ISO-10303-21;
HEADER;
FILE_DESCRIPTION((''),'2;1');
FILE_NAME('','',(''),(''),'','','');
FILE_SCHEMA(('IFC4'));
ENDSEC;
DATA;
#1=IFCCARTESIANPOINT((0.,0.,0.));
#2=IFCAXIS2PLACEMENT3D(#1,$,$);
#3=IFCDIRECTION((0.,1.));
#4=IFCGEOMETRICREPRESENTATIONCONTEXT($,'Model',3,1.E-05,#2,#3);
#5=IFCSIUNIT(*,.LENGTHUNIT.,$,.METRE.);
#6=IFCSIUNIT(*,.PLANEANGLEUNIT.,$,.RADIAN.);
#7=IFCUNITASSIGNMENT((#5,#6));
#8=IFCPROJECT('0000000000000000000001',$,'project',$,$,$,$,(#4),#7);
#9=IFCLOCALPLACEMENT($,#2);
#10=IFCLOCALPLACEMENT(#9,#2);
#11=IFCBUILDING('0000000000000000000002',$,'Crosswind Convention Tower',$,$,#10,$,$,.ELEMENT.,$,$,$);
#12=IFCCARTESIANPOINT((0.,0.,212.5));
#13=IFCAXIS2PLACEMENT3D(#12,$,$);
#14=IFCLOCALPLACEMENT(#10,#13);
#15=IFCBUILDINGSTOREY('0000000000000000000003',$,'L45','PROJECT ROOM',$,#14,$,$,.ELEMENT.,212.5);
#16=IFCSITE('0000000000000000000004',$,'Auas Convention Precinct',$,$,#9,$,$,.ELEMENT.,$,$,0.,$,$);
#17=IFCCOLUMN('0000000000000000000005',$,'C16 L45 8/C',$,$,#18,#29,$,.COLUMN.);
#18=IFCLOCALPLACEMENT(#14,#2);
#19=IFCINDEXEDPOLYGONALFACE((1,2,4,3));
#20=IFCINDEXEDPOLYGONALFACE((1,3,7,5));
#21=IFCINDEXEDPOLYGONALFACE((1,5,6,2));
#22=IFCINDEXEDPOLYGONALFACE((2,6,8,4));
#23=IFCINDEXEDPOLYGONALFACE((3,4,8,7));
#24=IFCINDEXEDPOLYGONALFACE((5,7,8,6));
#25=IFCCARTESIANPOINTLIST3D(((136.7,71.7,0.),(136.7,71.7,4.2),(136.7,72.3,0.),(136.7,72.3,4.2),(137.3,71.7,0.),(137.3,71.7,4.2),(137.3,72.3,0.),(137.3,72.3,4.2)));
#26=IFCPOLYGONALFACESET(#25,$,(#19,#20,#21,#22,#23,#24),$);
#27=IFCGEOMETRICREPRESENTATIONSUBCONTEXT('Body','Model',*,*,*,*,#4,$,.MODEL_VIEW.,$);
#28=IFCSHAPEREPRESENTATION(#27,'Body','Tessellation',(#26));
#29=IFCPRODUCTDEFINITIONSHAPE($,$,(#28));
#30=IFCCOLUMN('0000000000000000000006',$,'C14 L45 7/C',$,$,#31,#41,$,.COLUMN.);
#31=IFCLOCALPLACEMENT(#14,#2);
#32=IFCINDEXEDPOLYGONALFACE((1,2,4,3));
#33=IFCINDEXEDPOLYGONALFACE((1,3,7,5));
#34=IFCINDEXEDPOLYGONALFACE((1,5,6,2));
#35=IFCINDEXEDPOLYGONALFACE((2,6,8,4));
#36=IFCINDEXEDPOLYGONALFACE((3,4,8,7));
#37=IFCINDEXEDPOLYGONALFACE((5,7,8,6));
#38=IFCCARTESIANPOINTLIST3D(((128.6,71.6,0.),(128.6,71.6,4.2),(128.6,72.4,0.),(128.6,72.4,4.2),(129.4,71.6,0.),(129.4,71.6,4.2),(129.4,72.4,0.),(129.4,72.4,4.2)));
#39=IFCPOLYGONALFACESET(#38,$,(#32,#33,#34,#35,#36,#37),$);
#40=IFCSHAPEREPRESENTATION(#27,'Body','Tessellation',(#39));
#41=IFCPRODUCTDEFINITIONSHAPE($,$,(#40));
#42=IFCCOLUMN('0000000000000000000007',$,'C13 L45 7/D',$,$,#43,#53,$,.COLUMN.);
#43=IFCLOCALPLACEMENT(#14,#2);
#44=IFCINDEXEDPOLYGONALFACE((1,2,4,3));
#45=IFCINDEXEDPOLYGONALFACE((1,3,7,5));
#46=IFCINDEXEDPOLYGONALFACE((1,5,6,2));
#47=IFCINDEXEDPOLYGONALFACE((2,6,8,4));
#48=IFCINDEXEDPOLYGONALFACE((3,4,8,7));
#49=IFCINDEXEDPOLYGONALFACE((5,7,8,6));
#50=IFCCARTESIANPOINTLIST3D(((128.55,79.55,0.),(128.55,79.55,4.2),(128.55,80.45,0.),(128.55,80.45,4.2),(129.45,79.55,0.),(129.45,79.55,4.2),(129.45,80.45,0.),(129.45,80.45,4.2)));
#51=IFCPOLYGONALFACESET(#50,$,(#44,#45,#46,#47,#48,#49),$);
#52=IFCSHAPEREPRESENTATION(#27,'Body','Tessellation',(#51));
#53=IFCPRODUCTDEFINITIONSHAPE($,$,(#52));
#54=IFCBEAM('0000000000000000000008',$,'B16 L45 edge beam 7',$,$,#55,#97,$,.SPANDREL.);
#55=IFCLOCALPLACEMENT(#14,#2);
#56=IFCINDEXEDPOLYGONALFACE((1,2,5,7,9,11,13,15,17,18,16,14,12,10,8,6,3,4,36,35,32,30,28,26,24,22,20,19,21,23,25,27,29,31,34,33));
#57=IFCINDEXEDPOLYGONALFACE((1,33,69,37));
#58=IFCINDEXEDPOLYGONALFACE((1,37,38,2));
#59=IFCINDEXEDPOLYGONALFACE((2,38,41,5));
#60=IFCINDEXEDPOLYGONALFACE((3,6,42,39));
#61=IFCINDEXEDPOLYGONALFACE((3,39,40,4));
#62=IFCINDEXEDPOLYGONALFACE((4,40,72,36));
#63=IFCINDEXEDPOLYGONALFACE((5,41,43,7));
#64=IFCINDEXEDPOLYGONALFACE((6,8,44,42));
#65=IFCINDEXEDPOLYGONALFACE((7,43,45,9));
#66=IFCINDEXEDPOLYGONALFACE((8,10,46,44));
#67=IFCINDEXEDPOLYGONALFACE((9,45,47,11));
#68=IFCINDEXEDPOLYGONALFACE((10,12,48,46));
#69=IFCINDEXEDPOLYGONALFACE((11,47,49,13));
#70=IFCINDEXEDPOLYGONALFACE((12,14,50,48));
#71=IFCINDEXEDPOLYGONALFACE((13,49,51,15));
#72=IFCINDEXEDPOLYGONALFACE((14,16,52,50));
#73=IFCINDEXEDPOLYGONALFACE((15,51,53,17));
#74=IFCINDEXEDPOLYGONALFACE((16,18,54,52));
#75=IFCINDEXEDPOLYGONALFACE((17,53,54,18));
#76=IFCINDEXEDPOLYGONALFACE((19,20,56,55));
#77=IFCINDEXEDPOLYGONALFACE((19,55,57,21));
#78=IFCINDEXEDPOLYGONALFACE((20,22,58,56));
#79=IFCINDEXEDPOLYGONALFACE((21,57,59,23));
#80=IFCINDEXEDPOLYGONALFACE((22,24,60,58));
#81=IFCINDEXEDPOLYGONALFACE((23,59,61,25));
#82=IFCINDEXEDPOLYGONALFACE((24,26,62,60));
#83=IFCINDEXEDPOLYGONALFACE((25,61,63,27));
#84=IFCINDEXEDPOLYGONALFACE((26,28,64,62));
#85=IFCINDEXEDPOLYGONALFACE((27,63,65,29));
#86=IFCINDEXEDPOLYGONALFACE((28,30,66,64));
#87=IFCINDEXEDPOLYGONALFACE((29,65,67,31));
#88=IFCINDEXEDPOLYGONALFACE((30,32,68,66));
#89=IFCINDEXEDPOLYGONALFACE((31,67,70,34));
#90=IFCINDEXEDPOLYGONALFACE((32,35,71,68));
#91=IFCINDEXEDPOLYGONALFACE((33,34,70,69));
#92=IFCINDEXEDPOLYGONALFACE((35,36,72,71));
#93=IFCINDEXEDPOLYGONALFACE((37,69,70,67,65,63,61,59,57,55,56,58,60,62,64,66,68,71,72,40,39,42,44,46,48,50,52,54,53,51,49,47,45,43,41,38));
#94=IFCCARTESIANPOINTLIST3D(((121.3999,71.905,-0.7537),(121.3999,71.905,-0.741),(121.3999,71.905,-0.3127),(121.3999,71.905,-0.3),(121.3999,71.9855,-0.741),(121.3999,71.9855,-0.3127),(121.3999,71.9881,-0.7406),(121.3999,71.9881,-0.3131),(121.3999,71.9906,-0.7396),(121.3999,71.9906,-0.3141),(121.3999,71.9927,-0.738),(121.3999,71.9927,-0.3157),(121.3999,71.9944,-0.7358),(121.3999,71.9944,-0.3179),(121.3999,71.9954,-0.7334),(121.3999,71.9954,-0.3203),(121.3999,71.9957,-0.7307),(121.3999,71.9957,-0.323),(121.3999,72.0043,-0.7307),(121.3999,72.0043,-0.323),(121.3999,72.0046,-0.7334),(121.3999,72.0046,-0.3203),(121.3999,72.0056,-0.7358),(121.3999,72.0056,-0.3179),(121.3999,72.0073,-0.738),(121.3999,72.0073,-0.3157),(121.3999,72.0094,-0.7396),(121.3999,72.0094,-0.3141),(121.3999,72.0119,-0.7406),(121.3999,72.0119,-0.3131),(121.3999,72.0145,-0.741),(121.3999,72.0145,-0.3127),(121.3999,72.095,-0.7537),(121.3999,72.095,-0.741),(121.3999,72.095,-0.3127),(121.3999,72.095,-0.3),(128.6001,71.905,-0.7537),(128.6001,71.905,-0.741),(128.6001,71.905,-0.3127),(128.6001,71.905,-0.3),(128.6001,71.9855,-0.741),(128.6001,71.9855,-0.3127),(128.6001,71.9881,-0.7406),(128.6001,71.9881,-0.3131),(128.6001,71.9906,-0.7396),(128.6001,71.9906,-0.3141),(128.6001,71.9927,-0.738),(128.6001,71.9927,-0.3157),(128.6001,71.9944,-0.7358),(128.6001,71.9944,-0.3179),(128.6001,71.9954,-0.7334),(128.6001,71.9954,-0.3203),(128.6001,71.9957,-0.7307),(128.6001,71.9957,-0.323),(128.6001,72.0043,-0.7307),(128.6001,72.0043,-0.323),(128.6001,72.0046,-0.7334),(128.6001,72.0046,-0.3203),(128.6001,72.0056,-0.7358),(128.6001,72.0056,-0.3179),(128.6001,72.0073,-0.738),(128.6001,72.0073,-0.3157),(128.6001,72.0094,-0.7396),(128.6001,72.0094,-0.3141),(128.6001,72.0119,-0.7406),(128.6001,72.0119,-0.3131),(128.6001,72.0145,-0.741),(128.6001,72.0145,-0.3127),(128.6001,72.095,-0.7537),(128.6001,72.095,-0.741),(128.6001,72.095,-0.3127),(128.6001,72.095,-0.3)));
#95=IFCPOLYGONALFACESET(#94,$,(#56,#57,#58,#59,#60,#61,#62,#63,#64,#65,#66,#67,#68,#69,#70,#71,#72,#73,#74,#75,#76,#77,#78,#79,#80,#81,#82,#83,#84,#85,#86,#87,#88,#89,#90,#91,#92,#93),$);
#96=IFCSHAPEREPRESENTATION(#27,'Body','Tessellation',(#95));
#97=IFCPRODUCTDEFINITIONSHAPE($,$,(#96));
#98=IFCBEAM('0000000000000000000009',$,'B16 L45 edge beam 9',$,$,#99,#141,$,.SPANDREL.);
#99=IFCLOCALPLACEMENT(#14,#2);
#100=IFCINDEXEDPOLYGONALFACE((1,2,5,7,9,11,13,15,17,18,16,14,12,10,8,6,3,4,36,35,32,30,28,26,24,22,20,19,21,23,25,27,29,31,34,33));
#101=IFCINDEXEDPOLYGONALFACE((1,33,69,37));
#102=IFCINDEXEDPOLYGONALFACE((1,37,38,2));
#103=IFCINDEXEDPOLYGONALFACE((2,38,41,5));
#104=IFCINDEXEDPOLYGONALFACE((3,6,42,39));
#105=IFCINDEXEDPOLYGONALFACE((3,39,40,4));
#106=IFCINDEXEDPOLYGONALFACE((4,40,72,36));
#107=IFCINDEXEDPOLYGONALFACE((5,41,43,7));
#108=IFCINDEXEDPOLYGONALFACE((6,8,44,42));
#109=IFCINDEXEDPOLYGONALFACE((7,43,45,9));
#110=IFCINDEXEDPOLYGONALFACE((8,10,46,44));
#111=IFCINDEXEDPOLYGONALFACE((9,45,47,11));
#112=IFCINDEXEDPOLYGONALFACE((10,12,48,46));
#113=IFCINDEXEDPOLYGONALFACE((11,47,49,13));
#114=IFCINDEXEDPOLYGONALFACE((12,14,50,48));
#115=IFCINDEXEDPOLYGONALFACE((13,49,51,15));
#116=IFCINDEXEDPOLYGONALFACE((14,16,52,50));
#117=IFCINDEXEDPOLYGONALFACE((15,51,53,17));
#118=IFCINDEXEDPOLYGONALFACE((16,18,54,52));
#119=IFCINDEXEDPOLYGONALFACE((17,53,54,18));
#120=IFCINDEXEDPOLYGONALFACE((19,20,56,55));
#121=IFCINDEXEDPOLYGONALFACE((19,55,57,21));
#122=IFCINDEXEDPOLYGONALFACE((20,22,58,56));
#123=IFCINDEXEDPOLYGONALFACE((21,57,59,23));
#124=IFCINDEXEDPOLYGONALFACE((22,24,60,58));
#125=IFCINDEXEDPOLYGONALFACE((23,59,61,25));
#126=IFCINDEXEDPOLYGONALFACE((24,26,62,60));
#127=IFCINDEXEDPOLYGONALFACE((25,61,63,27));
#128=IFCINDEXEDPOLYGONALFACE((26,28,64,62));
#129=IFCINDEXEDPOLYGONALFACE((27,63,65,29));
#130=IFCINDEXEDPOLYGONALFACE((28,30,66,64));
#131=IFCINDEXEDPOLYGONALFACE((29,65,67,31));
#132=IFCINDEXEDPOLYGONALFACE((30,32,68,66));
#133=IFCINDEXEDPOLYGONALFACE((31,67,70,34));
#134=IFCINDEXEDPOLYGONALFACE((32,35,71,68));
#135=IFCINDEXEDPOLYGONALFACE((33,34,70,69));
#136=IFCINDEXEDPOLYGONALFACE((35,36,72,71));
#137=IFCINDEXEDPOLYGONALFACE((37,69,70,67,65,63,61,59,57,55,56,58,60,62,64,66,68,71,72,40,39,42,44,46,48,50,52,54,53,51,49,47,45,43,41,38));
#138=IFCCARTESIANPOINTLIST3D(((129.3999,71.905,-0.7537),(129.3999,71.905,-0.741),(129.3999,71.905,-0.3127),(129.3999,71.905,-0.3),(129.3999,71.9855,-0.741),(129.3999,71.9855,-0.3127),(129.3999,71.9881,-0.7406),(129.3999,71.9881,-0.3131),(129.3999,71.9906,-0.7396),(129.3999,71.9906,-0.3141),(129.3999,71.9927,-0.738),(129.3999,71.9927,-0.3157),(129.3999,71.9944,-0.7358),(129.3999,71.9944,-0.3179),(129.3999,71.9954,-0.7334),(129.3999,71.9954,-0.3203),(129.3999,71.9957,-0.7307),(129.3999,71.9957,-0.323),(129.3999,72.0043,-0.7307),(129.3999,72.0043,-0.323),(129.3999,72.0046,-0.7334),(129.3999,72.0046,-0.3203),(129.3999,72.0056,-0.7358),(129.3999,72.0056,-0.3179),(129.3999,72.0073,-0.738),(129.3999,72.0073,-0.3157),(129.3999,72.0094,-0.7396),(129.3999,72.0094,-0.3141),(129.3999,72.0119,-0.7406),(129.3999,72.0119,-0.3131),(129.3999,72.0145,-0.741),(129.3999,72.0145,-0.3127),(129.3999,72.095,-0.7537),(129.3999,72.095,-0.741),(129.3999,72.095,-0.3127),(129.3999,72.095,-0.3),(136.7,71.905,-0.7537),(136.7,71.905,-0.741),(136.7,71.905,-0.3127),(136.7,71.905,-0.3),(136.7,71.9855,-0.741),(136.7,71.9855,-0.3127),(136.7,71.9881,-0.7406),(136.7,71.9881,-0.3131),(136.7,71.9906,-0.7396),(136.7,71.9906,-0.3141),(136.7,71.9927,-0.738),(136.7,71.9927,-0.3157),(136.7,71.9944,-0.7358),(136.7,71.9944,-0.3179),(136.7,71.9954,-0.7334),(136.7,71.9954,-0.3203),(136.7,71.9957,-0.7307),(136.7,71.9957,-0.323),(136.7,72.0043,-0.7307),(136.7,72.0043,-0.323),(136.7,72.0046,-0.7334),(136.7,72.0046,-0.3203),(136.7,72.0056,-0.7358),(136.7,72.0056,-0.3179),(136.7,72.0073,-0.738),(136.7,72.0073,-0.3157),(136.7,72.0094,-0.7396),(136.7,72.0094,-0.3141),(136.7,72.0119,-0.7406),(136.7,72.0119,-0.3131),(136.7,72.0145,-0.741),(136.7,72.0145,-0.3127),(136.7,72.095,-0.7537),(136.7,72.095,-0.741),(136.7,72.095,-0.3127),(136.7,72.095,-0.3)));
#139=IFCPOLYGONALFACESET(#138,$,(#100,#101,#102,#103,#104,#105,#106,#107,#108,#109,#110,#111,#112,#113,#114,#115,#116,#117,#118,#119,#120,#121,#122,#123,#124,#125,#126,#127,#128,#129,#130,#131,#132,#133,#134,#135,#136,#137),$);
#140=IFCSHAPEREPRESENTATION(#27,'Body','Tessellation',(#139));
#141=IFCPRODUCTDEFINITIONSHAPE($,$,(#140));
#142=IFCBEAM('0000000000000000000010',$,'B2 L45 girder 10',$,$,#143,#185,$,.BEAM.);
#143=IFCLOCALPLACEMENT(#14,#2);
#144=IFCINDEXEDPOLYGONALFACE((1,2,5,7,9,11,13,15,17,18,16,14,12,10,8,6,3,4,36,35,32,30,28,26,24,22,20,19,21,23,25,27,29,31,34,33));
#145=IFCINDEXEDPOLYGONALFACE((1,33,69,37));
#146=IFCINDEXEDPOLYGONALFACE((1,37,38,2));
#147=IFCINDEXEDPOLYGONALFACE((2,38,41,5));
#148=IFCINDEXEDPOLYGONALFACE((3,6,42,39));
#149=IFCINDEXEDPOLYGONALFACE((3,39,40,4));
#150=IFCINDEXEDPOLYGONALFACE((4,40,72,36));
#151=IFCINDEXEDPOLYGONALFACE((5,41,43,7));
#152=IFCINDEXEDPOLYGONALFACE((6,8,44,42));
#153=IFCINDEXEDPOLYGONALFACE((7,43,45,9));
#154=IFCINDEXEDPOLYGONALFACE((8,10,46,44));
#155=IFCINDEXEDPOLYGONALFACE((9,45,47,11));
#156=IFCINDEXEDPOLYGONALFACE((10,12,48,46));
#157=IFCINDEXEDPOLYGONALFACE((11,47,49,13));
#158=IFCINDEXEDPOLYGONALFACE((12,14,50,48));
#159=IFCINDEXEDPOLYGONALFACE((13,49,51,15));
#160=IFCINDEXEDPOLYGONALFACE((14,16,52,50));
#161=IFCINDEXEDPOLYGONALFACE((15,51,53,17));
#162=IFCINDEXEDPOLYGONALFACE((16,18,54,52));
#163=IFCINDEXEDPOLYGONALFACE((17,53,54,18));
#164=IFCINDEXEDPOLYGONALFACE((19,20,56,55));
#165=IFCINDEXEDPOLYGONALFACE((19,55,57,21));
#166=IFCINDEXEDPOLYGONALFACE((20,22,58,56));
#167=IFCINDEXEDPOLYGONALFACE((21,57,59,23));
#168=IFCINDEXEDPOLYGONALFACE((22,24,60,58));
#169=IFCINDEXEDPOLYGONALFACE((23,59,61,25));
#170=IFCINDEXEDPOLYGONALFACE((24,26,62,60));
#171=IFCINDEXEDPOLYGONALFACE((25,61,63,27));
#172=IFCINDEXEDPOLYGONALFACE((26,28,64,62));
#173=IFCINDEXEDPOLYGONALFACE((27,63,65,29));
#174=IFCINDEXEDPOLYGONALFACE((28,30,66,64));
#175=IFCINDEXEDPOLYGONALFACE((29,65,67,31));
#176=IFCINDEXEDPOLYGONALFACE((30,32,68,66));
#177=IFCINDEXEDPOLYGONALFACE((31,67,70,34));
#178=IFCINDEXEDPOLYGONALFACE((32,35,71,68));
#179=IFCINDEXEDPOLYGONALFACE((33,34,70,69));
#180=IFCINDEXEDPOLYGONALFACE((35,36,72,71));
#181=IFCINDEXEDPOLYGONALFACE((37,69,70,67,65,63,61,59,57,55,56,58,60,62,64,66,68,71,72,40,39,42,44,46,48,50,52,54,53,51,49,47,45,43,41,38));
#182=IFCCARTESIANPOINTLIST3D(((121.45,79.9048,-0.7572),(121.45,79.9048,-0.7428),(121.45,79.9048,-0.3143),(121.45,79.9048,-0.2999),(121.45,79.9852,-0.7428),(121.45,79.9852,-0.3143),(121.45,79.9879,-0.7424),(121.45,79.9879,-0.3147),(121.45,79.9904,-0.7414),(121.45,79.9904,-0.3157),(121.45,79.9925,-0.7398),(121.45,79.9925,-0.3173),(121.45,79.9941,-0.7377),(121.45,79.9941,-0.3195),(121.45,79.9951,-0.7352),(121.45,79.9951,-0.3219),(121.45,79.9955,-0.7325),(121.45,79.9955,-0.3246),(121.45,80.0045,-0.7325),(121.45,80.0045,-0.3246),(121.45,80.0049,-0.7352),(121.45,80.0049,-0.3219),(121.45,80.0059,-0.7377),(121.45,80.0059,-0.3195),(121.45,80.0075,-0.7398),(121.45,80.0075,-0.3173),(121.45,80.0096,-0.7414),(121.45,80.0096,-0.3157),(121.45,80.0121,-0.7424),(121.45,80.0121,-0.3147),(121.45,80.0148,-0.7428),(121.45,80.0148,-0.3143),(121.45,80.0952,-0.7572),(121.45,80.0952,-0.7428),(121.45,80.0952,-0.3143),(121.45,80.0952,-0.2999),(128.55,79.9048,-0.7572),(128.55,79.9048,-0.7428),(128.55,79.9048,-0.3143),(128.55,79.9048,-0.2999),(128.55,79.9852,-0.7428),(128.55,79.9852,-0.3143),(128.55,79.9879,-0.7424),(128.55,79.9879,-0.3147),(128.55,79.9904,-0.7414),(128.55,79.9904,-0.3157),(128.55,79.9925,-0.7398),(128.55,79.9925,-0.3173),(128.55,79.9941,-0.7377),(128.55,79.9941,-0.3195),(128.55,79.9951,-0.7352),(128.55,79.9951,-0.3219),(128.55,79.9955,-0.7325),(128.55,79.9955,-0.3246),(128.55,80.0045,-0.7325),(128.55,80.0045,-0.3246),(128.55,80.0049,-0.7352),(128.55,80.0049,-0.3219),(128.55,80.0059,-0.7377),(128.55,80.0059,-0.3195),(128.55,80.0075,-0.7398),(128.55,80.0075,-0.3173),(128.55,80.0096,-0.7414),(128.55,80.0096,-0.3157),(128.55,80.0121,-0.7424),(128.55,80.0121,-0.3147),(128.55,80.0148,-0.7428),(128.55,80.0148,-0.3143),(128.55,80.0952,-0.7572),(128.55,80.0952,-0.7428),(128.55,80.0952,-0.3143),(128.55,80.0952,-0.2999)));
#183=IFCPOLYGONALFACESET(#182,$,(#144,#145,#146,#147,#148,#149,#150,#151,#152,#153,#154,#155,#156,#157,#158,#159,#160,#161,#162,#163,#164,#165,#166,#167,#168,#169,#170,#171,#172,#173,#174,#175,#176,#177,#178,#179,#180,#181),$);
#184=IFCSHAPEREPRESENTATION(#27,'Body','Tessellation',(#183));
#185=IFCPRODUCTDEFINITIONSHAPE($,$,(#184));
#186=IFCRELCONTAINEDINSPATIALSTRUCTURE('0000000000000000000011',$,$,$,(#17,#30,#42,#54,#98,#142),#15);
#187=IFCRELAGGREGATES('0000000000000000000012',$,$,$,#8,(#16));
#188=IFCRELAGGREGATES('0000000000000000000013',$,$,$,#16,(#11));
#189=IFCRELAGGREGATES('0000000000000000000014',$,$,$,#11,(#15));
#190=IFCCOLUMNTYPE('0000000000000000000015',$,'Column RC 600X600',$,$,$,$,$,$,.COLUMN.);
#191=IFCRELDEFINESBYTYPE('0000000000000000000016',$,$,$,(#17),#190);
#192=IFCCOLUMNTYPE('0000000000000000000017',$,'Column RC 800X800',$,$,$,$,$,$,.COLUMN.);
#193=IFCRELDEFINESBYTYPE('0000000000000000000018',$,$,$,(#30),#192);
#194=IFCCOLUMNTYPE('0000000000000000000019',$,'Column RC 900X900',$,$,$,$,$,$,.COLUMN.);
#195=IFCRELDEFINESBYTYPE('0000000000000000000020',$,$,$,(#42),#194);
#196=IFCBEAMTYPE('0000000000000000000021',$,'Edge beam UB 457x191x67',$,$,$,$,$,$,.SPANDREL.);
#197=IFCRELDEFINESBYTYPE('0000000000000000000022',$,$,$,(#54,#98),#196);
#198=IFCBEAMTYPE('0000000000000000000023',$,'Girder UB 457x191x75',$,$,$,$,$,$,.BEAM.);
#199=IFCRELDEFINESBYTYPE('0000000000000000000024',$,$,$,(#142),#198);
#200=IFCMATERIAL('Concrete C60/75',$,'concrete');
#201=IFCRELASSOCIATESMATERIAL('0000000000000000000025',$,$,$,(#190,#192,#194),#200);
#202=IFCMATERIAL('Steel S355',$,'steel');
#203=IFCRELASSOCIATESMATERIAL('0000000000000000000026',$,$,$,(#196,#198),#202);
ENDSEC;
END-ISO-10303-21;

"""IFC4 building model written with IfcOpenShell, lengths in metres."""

from ifc_helpers import new_model, si_unit, direction, frame, origin, origin_2d, place, context, subcontext, project, spatial, rectangle, i_section, extrude, material, material_profile, profile_set, type_object, element, save


model = new_model("IFC4")

# Units and contexts
model_context = context("Model", 3, precision=1e-05, world=origin(), true_north=direction((0.0, 1.0)))
body_context = subcontext(model_context, "Body", "Model", "MODEL_VIEW")
ifc_project = project(units=[si_unit("LENGTHUNIT", "METRE"), si_unit("PLANEANGLEUNIT", "RADIAN")], contexts=[model_context])

# Site, building, storey
site_placement = place(None, origin())
site = spatial("IfcSite", under=ifc_project, at=site_placement, Name="Auas Convention Precinct", CompositionType="ELEMENT", RefElevation=0.0)
building_placement = place(site_placement, origin())
building = spatial("IfcBuilding", under=site, at=building_placement, Name="Crosswind Convention Tower", CompositionType="ELEMENT")
storey_placement = place(building_placement, frame((0.0, 0.0, 212.5)))
storey = spatial("IfcBuildingStorey", under=building, at=storey_placement, Name="L45", Description="PROJECT ROOM", CompositionType="ELEMENT", Elevation=212.5)

# Columns
ifc_material_1 = material(Name="Concrete C60/75", Category="concrete")
ifc_material_profile_1 = material_profile(ifc_material_1, rectangle(XDim=0.6001, YDim=0.6001, at=origin_2d()), Name="RC 600X600")
ifc_profile_set_1 = profile_set([ifc_material_profile_1], Name="Concrete C60/75")
column_type_1 = type_object("IfcColumnType", Name="Column RC 600X600", PredefinedType="COLUMN", material=ifc_profile_set_1)
column_1_placement = place(storey_placement, frame((137.0, 72.0, 0.0), z_axis=(0.0, 0.0, 1.0), x_axis=(1.0, 0.0, 0.0)))
element("IfcColumn", 1, at=column_1_placement, inside=storey, type_object=column_type_1, Name="C16 L45 8/C", PredefinedType="COLUMN", context=body_context, shape_type="SweptSolid", body=[
    extrude(rectangle(XDim=0.6001, YDim=0.6001, at=origin_2d()), origin(), (0.0, 0.0, 1.0), 4.2),
])
ifc_material_profile_2 = material_profile(ifc_material_1, rectangle(XDim=0.8, YDim=0.8, at=origin_2d()), Name="RC 800X800")
ifc_profile_set_2 = profile_set([ifc_material_profile_2], Name="Concrete C60/75")
column_type_2 = type_object("IfcColumnType", Name="Column RC 800X800", PredefinedType="COLUMN", material=ifc_profile_set_2)
column_2_placement = place(storey_placement, frame((129.0, 72.0, 0.0), z_axis=(0.0, 0.0, 1.0), x_axis=(1.0, 0.0, 0.0)))
element("IfcColumn", 2, at=column_2_placement, inside=storey, type_object=column_type_2, Name="C14 L45 7/C", PredefinedType="COLUMN", context=body_context, shape_type="SweptSolid", body=[
    extrude(rectangle(XDim=0.8, YDim=0.8, at=origin_2d()), origin(), (0.0, 0.0, 1.0), 4.2),
])
ifc_material_profile_3 = material_profile(ifc_material_1, rectangle(XDim=0.8999, YDim=0.8999, at=origin_2d()), Name="RC 900X900")
ifc_profile_set_3 = profile_set([ifc_material_profile_3], Name="Concrete C60/75")
column_type_3 = type_object("IfcColumnType", Name="Column RC 900X900", PredefinedType="COLUMN", material=ifc_profile_set_3)
column_3_placement = place(storey_placement, frame((129.0, 80.0, 0.0), z_axis=(0.0, 0.0, 1.0), x_axis=(1.0, 0.0, 0.0)))
element("IfcColumn", 3, at=column_3_placement, inside=storey, type_object=column_type_3, Name="C13 L45 7/D", PredefinedType="COLUMN", context=body_context, shape_type="SweptSolid", body=[
    extrude(rectangle(XDim=0.8999, YDim=0.8999, at=origin_2d()), origin(), (0.0, 0.0, 1.0), 4.2),
])

# Beams
ifc_material_2 = material(Name="Steel S355", Category="steel")
ifc_material_profile_4 = material_profile(ifc_material_2, i_section(OverallWidth=0.1899, OverallDepth=0.4536, WebThickness=0.0085, FlangeThickness=0.0127, FilletRadius=0.0103, at=origin_2d()), Name="UB 457x191x67")
ifc_profile_set_4 = profile_set([ifc_material_profile_4], Name="Steel S355")
beam_type_1 = type_object("IfcBeamType", Name="Edge beam UB 457x191x67", PredefinedType="SPANDREL", material=ifc_profile_set_4)
beam_1_placement = place(storey_placement, frame((121.3999, 72.0, -0.5269), z_axis=(1.0, 0.0, 0.0), x_axis=(0.0, 1.0, 0.0)))
element("IfcBeam", 4, at=beam_1_placement, inside=storey, type_object=beam_type_1, Name="B16 L45 edge beam 7", PredefinedType="SPANDREL", context=body_context, shape_type="SweptSolid", body=[
    extrude(i_section(OverallWidth=0.1899, OverallDepth=0.4536, WebThickness=0.0085, FlangeThickness=0.0127, FilletRadius=0.0103, at=origin_2d()), origin(), (0.0, 0.0, 1.0), 7.2002),
])
beam_2_placement = place(storey_placement, frame((129.3999, 72.0, -0.5269), z_axis=(1.0, 0.0, 0.0), x_axis=(0.0, 1.0, 0.0)))
element("IfcBeam", 5, at=beam_2_placement, inside=storey, type_object=beam_type_1, Name="B16 L45 edge beam 9", PredefinedType="SPANDREL", context=body_context, shape_type="SweptSolid", body=[
    extrude(i_section(OverallWidth=0.1899, OverallDepth=0.4536, WebThickness=0.0085, FlangeThickness=0.0127, FilletRadius=0.0103, at=origin_2d()), origin(), (0.0, 0.0, 1.0), 7.3),
])
ifc_material_profile_5 = material_profile(ifc_material_2, i_section(OverallWidth=0.1904, OverallDepth=0.4573, WebThickness=0.009, FlangeThickness=0.0144, FilletRadius=0.0103, at=origin_2d()), Name="UB 457x191x75")
ifc_profile_set_5 = profile_set([ifc_material_profile_5], Name="Steel S355")
beam_type_2 = type_object("IfcBeamType", Name="Girder UB 457x191x75", PredefinedType="BEAM", material=ifc_profile_set_5)
beam_3_placement = place(storey_placement, frame((121.45, 80.0, -0.5286), z_axis=(1.0, 0.0, 0.0), x_axis=(0.0, 1.0, 0.0)))
element("IfcBeam", 6, at=beam_3_placement, inside=storey, type_object=beam_type_2, Name="B2 L45 girder 10", PredefinedType="BEAM", context=body_context, shape_type="SweptSolid", body=[
    extrude(i_section(OverallWidth=0.1904, OverallDepth=0.4573, WebThickness=0.009, FlangeThickness=0.0144, FilletRadius=0.0103, at=origin_2d()), origin(), (0.0, 0.0, 1.0), 7.1001),
])

save(model, "model.ifc")
